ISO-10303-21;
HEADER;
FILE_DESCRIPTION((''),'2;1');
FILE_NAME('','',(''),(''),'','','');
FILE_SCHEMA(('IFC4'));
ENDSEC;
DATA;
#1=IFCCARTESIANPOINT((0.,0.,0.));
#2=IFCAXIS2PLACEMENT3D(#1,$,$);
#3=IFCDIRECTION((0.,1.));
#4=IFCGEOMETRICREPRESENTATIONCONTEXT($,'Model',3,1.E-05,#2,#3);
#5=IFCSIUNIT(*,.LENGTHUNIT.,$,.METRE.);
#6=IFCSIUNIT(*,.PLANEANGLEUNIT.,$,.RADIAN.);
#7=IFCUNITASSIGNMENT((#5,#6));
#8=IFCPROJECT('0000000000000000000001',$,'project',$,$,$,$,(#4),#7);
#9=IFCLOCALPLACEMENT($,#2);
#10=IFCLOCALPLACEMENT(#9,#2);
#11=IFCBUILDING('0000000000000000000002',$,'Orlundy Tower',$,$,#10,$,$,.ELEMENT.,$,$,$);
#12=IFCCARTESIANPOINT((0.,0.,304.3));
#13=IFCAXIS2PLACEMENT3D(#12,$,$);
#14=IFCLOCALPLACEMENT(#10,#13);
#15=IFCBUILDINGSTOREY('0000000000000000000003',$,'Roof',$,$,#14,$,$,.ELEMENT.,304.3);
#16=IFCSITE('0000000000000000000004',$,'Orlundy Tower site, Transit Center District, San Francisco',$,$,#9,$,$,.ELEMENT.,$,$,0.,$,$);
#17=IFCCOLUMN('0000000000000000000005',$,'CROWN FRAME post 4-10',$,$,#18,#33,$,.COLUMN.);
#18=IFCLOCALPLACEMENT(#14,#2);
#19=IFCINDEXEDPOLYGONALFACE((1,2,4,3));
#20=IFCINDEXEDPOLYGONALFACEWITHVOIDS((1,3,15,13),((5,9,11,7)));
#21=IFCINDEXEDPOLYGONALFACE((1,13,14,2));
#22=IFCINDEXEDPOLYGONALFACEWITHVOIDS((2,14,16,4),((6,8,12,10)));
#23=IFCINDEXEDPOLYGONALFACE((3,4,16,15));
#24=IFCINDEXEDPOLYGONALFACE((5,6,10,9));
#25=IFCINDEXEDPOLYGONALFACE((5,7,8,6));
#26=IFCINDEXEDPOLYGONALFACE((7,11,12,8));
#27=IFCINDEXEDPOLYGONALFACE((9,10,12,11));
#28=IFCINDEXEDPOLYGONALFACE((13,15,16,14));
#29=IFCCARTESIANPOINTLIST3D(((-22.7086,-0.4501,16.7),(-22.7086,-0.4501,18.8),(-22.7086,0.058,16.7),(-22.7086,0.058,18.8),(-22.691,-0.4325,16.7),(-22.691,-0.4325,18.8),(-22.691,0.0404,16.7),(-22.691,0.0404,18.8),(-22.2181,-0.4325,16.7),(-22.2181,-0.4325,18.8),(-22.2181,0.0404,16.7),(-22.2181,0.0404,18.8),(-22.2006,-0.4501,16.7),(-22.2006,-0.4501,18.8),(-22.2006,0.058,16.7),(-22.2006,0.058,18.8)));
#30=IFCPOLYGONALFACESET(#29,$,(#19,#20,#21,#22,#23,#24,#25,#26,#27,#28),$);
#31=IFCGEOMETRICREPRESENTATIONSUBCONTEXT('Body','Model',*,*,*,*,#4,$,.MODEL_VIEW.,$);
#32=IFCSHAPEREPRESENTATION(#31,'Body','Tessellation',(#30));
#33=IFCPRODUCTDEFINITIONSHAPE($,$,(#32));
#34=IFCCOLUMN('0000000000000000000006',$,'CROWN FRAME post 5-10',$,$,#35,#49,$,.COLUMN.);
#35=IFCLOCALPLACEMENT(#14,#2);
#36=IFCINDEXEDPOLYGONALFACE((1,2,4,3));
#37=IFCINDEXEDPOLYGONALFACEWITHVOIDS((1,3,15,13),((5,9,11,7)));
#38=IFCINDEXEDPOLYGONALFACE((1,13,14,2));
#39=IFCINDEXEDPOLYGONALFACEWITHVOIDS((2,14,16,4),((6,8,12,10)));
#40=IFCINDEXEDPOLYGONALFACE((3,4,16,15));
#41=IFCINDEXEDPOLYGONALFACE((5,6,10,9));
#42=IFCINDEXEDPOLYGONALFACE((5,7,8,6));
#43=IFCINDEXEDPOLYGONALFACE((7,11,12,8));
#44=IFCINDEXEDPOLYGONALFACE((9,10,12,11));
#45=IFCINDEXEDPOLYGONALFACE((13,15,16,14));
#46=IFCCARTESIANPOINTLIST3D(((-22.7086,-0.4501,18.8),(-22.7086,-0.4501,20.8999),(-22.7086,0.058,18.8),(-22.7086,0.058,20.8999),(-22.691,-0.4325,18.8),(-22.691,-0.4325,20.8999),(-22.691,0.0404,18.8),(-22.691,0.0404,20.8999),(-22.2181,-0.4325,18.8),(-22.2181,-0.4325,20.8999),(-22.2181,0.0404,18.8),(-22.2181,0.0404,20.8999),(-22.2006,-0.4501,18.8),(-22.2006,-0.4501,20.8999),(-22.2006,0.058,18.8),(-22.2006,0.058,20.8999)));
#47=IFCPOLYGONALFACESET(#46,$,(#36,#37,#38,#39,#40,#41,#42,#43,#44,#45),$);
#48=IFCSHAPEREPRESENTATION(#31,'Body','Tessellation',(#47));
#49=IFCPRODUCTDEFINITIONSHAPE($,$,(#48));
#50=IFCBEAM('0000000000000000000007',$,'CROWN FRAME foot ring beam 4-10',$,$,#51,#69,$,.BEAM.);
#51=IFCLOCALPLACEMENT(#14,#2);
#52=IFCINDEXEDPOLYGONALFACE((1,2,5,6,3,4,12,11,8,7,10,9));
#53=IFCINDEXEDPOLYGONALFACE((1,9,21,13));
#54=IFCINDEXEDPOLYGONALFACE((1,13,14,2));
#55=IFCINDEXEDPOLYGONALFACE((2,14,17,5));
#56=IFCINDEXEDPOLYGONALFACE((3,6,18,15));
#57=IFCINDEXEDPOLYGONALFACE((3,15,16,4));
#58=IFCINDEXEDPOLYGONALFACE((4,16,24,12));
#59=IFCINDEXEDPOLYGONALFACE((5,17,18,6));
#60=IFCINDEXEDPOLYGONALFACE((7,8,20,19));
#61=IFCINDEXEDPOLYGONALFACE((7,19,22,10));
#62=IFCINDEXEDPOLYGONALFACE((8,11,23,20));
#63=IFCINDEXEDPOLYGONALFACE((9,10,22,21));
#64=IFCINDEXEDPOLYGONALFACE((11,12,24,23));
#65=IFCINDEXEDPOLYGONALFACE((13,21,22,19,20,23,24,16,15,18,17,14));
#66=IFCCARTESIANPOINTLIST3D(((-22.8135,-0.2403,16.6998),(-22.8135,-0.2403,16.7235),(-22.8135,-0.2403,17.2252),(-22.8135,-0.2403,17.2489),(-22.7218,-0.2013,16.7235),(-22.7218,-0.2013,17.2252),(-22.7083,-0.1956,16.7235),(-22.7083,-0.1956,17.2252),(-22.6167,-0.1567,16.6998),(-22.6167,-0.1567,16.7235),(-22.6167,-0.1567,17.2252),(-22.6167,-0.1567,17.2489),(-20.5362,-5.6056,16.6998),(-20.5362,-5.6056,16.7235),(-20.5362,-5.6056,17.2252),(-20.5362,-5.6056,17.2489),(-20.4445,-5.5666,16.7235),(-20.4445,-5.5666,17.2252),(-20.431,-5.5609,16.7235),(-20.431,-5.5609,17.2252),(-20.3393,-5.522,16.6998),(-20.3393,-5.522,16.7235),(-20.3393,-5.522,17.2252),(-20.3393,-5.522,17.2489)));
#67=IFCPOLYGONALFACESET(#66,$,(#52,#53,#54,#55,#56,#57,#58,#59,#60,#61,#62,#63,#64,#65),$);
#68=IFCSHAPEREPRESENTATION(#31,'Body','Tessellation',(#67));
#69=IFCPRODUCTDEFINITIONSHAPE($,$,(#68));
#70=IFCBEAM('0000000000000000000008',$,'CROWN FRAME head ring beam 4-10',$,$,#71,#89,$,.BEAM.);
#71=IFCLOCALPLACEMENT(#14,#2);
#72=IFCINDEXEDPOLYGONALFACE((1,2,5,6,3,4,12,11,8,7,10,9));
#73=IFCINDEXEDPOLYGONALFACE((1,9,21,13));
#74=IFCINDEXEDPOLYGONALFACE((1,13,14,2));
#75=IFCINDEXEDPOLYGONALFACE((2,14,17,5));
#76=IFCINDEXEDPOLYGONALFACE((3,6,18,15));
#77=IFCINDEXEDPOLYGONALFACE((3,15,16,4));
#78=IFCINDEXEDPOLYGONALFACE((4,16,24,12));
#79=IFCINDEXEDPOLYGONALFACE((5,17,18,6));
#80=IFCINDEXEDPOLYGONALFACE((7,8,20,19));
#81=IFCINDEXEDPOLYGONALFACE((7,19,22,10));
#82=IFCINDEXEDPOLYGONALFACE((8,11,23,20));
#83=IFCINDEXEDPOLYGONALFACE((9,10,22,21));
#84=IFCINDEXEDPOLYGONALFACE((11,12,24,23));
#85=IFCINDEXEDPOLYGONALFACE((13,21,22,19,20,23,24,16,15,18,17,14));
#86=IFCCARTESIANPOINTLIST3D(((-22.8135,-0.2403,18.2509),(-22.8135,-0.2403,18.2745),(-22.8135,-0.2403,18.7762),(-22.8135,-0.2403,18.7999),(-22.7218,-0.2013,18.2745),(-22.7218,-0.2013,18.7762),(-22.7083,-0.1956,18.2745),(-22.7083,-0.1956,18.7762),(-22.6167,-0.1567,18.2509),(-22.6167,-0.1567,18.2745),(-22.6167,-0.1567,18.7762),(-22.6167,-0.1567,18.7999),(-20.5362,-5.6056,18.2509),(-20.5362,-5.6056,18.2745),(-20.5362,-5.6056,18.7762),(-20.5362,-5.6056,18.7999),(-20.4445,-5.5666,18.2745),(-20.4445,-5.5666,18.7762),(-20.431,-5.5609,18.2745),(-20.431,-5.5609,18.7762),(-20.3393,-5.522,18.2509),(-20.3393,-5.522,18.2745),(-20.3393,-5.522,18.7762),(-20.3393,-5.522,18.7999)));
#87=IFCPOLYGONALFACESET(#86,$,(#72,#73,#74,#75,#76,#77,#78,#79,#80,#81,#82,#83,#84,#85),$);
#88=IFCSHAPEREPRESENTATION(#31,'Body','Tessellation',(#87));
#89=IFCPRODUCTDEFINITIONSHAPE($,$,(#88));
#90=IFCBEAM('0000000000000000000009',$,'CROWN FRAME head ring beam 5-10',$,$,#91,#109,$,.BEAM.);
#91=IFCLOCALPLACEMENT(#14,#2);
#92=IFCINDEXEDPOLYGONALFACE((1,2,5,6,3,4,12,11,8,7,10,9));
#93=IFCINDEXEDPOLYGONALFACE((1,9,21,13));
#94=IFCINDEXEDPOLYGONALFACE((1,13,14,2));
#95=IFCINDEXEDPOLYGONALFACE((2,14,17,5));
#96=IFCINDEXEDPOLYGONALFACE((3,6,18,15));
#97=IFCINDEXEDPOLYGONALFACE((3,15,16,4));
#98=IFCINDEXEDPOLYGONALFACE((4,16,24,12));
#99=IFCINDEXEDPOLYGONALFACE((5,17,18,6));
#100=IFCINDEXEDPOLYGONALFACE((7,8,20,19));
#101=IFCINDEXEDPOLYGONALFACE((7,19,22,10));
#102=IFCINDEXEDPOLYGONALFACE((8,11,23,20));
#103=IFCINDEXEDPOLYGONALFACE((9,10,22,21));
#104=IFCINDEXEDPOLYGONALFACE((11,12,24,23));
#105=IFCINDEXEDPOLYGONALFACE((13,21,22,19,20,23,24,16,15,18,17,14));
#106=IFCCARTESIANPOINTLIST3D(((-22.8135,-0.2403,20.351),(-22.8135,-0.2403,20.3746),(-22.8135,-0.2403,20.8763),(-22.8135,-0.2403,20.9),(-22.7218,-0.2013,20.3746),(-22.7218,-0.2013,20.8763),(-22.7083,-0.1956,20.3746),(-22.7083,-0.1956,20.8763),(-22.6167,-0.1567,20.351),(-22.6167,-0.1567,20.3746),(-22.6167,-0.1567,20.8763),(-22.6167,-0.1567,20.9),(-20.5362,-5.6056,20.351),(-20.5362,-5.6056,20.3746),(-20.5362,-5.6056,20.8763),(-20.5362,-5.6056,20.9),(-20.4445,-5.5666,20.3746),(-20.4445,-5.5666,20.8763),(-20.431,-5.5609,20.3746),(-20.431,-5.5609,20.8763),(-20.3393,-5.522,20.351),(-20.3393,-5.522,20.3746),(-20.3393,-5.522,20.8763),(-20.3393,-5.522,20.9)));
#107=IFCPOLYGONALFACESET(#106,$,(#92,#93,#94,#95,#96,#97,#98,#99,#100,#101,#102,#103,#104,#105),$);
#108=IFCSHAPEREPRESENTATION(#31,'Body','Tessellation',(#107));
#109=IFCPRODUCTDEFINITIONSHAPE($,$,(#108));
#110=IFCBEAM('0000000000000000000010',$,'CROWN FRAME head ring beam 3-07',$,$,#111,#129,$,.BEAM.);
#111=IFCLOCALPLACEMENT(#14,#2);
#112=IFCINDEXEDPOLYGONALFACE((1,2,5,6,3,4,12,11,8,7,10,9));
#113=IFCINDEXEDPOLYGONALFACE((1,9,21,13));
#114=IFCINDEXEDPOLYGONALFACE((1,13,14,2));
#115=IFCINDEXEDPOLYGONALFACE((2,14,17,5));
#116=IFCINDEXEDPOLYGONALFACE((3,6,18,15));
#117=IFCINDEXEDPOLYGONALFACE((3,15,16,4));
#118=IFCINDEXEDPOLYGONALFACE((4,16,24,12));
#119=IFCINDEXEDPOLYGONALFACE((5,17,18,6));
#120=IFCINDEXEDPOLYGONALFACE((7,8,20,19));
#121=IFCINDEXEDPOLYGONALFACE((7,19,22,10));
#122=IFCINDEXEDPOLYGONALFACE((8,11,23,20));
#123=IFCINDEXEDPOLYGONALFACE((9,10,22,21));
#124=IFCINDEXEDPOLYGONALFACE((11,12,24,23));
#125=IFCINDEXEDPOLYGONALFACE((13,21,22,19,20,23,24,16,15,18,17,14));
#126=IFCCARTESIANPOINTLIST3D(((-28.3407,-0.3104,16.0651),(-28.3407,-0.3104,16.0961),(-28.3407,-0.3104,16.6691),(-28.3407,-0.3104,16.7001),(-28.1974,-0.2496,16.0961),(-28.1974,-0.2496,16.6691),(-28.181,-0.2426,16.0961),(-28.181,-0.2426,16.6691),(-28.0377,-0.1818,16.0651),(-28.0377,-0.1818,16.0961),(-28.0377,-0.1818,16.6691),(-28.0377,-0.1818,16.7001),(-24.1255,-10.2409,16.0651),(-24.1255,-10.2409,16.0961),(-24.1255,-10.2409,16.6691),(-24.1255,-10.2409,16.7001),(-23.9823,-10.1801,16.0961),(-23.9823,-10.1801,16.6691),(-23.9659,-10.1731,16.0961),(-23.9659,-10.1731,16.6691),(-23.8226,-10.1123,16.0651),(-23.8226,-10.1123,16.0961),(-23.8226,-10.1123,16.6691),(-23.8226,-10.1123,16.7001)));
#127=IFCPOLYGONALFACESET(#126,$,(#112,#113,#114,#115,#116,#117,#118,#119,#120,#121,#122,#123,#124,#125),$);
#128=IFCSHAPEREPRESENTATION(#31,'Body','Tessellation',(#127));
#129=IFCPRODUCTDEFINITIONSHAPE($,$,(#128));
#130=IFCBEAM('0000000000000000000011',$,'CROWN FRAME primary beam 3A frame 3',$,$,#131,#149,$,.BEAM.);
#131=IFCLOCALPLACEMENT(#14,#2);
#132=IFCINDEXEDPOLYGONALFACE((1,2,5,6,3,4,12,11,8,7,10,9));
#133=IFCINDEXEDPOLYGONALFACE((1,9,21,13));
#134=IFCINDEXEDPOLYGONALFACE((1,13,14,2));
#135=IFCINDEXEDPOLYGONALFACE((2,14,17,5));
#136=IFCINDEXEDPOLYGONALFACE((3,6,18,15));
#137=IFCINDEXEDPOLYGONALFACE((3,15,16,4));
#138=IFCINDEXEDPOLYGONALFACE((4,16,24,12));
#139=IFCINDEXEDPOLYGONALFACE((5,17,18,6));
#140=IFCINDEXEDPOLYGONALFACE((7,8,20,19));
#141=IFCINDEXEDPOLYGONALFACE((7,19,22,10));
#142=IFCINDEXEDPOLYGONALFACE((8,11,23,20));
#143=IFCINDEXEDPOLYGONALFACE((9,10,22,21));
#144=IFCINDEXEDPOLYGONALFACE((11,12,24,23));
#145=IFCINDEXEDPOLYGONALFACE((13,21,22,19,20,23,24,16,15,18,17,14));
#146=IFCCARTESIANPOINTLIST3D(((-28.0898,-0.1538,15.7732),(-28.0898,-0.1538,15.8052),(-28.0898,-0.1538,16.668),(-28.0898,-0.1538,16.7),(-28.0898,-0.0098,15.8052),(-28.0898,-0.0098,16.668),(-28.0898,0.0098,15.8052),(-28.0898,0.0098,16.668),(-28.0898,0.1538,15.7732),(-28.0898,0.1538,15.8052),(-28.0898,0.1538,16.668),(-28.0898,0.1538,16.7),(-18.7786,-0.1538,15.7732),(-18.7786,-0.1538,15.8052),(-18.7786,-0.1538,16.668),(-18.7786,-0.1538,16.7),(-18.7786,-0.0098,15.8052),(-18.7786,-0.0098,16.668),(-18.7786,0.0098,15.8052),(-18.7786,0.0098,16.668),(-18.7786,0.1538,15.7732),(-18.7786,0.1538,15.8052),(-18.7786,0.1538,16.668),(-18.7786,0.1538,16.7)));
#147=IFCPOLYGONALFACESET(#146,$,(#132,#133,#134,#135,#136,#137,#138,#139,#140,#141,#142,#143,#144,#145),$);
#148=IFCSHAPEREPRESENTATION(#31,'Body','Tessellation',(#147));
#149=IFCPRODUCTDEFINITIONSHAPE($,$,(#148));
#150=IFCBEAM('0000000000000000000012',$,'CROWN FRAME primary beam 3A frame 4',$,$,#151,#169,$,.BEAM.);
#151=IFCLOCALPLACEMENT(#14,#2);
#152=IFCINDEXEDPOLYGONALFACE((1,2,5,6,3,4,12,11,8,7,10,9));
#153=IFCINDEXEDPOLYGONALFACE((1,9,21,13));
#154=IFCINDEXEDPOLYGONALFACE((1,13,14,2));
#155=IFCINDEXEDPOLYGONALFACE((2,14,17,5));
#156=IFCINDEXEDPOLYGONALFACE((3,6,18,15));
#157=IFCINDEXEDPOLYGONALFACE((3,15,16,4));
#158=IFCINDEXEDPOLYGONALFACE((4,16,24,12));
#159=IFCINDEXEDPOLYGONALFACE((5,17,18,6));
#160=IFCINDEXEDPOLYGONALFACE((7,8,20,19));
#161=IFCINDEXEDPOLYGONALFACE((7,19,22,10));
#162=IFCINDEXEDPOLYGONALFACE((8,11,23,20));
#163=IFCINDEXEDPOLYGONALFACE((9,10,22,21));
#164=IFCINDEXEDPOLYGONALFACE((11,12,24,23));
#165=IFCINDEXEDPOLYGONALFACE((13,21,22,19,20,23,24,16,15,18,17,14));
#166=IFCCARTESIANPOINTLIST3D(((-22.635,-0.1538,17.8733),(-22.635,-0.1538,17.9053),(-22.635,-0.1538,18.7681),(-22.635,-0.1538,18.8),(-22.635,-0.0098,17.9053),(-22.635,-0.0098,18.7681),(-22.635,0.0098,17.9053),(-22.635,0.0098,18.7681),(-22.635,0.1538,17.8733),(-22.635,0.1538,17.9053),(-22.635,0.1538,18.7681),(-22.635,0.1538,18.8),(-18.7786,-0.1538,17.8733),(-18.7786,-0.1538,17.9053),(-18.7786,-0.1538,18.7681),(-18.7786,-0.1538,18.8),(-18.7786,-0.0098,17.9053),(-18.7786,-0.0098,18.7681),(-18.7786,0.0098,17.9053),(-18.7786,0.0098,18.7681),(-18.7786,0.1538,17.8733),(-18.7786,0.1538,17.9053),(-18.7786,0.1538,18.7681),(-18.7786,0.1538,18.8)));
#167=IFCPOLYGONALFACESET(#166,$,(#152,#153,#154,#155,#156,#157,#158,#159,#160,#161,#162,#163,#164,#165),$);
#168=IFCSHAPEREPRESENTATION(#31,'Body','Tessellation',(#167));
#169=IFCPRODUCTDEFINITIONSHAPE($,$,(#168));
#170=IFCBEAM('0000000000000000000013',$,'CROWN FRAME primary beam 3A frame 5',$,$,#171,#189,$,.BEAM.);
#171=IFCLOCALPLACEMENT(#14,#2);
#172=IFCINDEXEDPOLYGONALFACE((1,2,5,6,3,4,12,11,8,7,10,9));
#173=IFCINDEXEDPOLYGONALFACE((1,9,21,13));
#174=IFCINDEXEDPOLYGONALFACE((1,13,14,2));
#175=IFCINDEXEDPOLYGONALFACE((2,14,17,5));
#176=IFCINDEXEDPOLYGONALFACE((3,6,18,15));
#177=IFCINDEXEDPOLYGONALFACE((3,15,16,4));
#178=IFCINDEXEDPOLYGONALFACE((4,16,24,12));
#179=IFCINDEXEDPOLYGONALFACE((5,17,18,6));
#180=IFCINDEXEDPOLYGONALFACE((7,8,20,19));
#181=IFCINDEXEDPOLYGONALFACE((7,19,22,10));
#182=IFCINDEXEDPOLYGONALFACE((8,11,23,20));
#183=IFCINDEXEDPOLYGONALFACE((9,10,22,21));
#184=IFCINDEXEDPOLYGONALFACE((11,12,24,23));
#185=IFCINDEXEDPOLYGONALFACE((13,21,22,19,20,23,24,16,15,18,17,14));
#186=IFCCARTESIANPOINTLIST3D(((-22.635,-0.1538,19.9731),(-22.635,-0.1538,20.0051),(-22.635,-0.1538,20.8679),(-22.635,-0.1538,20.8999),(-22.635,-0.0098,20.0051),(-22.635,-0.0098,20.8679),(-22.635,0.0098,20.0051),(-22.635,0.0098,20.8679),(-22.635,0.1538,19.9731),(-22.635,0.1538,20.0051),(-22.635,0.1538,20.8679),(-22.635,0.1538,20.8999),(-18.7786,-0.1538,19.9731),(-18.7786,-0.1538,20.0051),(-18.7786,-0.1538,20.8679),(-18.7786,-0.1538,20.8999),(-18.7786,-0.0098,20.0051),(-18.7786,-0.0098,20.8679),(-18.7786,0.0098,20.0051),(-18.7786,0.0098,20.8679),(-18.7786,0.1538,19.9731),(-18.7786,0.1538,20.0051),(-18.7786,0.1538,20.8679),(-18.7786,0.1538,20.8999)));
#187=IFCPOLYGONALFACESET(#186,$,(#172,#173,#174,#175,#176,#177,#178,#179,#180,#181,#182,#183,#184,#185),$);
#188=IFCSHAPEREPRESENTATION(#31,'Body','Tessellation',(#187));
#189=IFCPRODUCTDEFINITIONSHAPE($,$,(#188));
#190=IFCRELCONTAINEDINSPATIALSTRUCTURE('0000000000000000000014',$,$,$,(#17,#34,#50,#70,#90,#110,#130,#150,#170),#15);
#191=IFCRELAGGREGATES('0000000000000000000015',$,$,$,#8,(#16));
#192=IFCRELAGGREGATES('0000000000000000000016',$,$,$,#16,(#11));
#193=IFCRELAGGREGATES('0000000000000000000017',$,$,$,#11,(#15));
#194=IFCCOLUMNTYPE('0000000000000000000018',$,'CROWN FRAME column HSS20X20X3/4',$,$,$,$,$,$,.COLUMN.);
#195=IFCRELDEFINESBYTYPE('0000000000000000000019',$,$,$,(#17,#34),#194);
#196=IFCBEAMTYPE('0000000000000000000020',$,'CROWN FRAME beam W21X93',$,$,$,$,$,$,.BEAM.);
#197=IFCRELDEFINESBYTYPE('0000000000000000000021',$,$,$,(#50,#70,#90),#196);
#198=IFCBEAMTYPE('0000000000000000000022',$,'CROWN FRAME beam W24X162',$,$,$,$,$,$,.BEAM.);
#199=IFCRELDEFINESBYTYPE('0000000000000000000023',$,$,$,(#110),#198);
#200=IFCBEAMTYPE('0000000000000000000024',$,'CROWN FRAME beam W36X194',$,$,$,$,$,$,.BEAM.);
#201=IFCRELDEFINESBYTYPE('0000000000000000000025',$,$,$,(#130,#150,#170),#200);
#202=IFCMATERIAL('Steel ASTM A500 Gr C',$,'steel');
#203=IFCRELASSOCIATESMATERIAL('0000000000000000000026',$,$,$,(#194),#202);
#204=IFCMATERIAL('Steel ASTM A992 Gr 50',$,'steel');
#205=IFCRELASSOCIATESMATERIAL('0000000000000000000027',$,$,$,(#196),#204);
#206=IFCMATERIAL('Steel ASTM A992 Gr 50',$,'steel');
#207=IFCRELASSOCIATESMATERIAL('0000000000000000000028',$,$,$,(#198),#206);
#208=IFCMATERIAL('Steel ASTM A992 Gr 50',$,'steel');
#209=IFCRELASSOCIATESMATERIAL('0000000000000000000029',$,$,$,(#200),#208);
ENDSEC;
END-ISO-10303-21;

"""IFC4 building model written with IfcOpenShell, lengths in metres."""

from ifc_helpers import new_model, si_unit, direction, frame, origin, origin_2d, place, context, subcontext, project, spatial, hollow_rectangle, i_section, extrude, material, material_profile, profile_set, type_object, element, save


model = new_model("IFC4")

# Units and contexts
model_context = context("Model", 3, precision=1e-05, world=origin(), true_north=direction((0.0, 1.0)))
body_context = subcontext(model_context, "Body", "Model", "MODEL_VIEW")
ifc_project = project(units=[si_unit("LENGTHUNIT", "METRE"), si_unit("PLANEANGLEUNIT", "RADIAN")], contexts=[model_context])

# Site, building, storey
site_placement = place(None, origin())
site = spatial("IfcSite", under=ifc_project, at=site_placement, Name="Orlundy Tower site, Transit Center District, San Francisco", CompositionType="ELEMENT", RefElevation=0.0)
building_placement = place(site_placement, origin())
building = spatial("IfcBuilding", under=site, at=building_placement, Name="Orlundy Tower", CompositionType="ELEMENT")
storey_placement = place(building_placement, frame((0.0, 0.0, 304.3)))
storey = spatial("IfcBuildingStorey", under=building, at=storey_placement, Name="Roof", CompositionType="ELEMENT", Elevation=304.3)

# Columns
ifc_material_1 = material(Name="Steel ASTM A500 Gr C", Category="steel")
ifc_material_profile_1 = material_profile(ifc_material_1, hollow_rectangle(XDim=0.5081, YDim=0.5081, WallThickness=0.0176, at=origin_2d()), Name="HSS20X20X3/4")
ifc_profile_set_1 = profile_set([ifc_material_profile_1], Name="Steel ASTM A500 Gr C")
column_type = type_object("IfcColumnType", Name="CROWN FRAME column HSS20X20X3/4", PredefinedType="COLUMN", material=ifc_profile_set_1)
column_1_placement = place(storey_placement, frame((-22.4546, -0.196, 16.7), z_axis=(0.0, 0.0, 1.0), x_axis=(1.0, 0.0, 0.0)))
element("IfcColumn", 1, at=column_1_placement, inside=storey, type_object=column_type, Name="CROWN FRAME post 4-10", PredefinedType="COLUMN", context=body_context, shape_type="SweptSolid", body=[
    extrude(hollow_rectangle(XDim=0.5081, YDim=0.5081, WallThickness=0.0176, at=origin_2d()), origin(), (0.0, 0.0, 1.0), 2.1001),
])
column_2_placement = place(storey_placement, frame((-22.4546, -0.196, 18.8), z_axis=(0.0, 0.0, 1.0), x_axis=(1.0, 0.0, 0.0)))
element("IfcColumn", 2, at=column_2_placement, inside=storey, type_object=column_type, Name="CROWN FRAME post 5-10", PredefinedType="COLUMN", context=body_context, shape_type="SweptSolid", body=[
    extrude(hollow_rectangle(XDim=0.5081, YDim=0.5081, WallThickness=0.0176, at=origin_2d()), origin(), (0.0, 0.0, 1.0), 2.0999),
])

# Beams
ifc_material_2 = material(Name="Steel ASTM A992 Gr 50", Category="steel")
ifc_material_profile_2 = material_profile(ifc_material_2, i_section(OverallWidth=0.2139, OverallDepth=0.5491, WebThickness=0.0146, FlangeThickness=0.0237, at=origin_2d()), Name="W21X93")
ifc_profile_set_2 = profile_set([ifc_material_profile_2], Name="Steel ASTM A992 Gr 50")
beam_type_1 = type_object("IfcBeamType", Name="CROWN FRAME beam W21X93", PredefinedType="BEAM", material=ifc_profile_set_2)
for number, where, z_axis, x_axis, name in (
    (3, (-22.7151, -0.1985, 16.9744), (0.390722, -0.920509, 0.0), (0.920509, 0.390722, 0.0), "CROWN FRAME foot ring beam 4-10"),
    (4, (-22.7151, -0.1985, 18.5254), (0.390722, -0.920509, 0.0), (0.920509, 0.390722, 0.0), "CROWN FRAME head ring beam 4-10"),
    (5, (-22.7151, -0.1985, 20.6255), (0.390722, -0.920509, 0.0), (0.920509, 0.390722, 0.0), "CROWN FRAME head ring beam 5-10"),
):
    element("IfcBeam", number, at=place(storey_placement, frame(where, z_axis=z_axis, x_axis=x_axis)), inside=storey, type_object=beam_type_1, Name=name, PredefinedType="BEAM", context=body_context, shape_type="SweptSolid", body=[
        extrude(i_section(OverallWidth=0.2139, OverallDepth=0.5491, WebThickness=0.0146, FlangeThickness=0.0237, at=origin_2d()), origin(), (0.0, 0.0, 1.0), 5.8286),
    ])
ifc_material_3 = material(Name="Steel ASTM A992 Gr 50", Category="steel")
ifc_material_profile_3 = material_profile(ifc_material_3, i_section(OverallWidth=0.3291, OverallDepth=0.635, WebThickness=0.0178, FlangeThickness=0.031, at=origin_2d()), Name="W24X162")
ifc_profile_set_3 = profile_set([ifc_material_profile_3], Name="Steel ASTM A992 Gr 50")
beam_type_2 = type_object("IfcBeamType", Name="CROWN FRAME beam W24X162", PredefinedType="BEAM", material=ifc_profile_set_3)
beam_1_placement = place(storey_placement, frame((-28.1892, -0.2461, 16.3826), z_axis=(0.390721, -0.920509, 0.0), x_axis=(0.920509, 0.390721, 0.0)))
element("IfcBeam", 6, at=beam_1_placement, inside=storey, type_object=beam_type_2, Name="CROWN FRAME head ring beam 3-07", PredefinedType="BEAM", context=body_context, shape_type="SweptSolid", body=[
    extrude(i_section(OverallWidth=0.3291, OverallDepth=0.635, WebThickness=0.0178, FlangeThickness=0.031, at=origin_2d()), origin(), (0.0, 0.0, 1.0), 10.7881),
])
ifc_material_4 = material(Name="Steel ASTM A992 Gr 50", Category="steel")
ifc_material_profile_4 = material_profile(ifc_material_4, i_section(OverallWidth=0.3076, OverallDepth=0.9268, WebThickness=0.0195, FlangeThickness=0.032, at=origin_2d()), Name="W36X194")
ifc_profile_set_4 = profile_set([ifc_material_profile_4], Name="Steel ASTM A992 Gr 50")
beam_type_3 = type_object("IfcBeamType", Name="CROWN FRAME beam W36X194", PredefinedType="BEAM", material=ifc_profile_set_4)
beam_2_placement = place(storey_placement, frame((-28.0898, 0.0, 16.2366), z_axis=(1.0, 0.0, 0.0), x_axis=(0.0, 1.0, 0.0)))
element("IfcBeam", 7, at=beam_2_placement, inside=storey, type_object=beam_type_3, Name="CROWN FRAME primary beam 3A frame 3", PredefinedType="BEAM", context=body_context, shape_type="SweptSolid", body=[
    extrude(i_section(OverallWidth=0.3076, OverallDepth=0.9268, WebThickness=0.0195, FlangeThickness=0.032, at=origin_2d()), origin(), (0.0, 0.0, 1.0), 9.3113),
])
for number, where, z_axis, x_axis, name in (
    (8, (-22.635, 0.0, 18.3367), (1.0, 0.0, 0.0), (0.0, 1.0, 0.0), "CROWN FRAME primary beam 3A frame 4"),
    (9, (-22.635, 0.0, 20.4365), (1.0, 0.0, 0.0), (0.0, 1.0, 0.0), "CROWN FRAME primary beam 3A frame 5"),
):
    element("IfcBeam", number, at=place(storey_placement, frame(where, z_axis=z_axis, x_axis=x_axis)), inside=storey, type_object=beam_type_3, Name=name, PredefinedType="BEAM", context=body_context, shape_type="SweptSolid", body=[
        extrude(i_section(OverallWidth=0.3076, OverallDepth=0.9268, WebThickness=0.0195, FlangeThickness=0.032, at=origin_2d()), origin(), (0.0, 0.0, 1.0), 3.8564),
    ])

save(model, "model.ifc")
